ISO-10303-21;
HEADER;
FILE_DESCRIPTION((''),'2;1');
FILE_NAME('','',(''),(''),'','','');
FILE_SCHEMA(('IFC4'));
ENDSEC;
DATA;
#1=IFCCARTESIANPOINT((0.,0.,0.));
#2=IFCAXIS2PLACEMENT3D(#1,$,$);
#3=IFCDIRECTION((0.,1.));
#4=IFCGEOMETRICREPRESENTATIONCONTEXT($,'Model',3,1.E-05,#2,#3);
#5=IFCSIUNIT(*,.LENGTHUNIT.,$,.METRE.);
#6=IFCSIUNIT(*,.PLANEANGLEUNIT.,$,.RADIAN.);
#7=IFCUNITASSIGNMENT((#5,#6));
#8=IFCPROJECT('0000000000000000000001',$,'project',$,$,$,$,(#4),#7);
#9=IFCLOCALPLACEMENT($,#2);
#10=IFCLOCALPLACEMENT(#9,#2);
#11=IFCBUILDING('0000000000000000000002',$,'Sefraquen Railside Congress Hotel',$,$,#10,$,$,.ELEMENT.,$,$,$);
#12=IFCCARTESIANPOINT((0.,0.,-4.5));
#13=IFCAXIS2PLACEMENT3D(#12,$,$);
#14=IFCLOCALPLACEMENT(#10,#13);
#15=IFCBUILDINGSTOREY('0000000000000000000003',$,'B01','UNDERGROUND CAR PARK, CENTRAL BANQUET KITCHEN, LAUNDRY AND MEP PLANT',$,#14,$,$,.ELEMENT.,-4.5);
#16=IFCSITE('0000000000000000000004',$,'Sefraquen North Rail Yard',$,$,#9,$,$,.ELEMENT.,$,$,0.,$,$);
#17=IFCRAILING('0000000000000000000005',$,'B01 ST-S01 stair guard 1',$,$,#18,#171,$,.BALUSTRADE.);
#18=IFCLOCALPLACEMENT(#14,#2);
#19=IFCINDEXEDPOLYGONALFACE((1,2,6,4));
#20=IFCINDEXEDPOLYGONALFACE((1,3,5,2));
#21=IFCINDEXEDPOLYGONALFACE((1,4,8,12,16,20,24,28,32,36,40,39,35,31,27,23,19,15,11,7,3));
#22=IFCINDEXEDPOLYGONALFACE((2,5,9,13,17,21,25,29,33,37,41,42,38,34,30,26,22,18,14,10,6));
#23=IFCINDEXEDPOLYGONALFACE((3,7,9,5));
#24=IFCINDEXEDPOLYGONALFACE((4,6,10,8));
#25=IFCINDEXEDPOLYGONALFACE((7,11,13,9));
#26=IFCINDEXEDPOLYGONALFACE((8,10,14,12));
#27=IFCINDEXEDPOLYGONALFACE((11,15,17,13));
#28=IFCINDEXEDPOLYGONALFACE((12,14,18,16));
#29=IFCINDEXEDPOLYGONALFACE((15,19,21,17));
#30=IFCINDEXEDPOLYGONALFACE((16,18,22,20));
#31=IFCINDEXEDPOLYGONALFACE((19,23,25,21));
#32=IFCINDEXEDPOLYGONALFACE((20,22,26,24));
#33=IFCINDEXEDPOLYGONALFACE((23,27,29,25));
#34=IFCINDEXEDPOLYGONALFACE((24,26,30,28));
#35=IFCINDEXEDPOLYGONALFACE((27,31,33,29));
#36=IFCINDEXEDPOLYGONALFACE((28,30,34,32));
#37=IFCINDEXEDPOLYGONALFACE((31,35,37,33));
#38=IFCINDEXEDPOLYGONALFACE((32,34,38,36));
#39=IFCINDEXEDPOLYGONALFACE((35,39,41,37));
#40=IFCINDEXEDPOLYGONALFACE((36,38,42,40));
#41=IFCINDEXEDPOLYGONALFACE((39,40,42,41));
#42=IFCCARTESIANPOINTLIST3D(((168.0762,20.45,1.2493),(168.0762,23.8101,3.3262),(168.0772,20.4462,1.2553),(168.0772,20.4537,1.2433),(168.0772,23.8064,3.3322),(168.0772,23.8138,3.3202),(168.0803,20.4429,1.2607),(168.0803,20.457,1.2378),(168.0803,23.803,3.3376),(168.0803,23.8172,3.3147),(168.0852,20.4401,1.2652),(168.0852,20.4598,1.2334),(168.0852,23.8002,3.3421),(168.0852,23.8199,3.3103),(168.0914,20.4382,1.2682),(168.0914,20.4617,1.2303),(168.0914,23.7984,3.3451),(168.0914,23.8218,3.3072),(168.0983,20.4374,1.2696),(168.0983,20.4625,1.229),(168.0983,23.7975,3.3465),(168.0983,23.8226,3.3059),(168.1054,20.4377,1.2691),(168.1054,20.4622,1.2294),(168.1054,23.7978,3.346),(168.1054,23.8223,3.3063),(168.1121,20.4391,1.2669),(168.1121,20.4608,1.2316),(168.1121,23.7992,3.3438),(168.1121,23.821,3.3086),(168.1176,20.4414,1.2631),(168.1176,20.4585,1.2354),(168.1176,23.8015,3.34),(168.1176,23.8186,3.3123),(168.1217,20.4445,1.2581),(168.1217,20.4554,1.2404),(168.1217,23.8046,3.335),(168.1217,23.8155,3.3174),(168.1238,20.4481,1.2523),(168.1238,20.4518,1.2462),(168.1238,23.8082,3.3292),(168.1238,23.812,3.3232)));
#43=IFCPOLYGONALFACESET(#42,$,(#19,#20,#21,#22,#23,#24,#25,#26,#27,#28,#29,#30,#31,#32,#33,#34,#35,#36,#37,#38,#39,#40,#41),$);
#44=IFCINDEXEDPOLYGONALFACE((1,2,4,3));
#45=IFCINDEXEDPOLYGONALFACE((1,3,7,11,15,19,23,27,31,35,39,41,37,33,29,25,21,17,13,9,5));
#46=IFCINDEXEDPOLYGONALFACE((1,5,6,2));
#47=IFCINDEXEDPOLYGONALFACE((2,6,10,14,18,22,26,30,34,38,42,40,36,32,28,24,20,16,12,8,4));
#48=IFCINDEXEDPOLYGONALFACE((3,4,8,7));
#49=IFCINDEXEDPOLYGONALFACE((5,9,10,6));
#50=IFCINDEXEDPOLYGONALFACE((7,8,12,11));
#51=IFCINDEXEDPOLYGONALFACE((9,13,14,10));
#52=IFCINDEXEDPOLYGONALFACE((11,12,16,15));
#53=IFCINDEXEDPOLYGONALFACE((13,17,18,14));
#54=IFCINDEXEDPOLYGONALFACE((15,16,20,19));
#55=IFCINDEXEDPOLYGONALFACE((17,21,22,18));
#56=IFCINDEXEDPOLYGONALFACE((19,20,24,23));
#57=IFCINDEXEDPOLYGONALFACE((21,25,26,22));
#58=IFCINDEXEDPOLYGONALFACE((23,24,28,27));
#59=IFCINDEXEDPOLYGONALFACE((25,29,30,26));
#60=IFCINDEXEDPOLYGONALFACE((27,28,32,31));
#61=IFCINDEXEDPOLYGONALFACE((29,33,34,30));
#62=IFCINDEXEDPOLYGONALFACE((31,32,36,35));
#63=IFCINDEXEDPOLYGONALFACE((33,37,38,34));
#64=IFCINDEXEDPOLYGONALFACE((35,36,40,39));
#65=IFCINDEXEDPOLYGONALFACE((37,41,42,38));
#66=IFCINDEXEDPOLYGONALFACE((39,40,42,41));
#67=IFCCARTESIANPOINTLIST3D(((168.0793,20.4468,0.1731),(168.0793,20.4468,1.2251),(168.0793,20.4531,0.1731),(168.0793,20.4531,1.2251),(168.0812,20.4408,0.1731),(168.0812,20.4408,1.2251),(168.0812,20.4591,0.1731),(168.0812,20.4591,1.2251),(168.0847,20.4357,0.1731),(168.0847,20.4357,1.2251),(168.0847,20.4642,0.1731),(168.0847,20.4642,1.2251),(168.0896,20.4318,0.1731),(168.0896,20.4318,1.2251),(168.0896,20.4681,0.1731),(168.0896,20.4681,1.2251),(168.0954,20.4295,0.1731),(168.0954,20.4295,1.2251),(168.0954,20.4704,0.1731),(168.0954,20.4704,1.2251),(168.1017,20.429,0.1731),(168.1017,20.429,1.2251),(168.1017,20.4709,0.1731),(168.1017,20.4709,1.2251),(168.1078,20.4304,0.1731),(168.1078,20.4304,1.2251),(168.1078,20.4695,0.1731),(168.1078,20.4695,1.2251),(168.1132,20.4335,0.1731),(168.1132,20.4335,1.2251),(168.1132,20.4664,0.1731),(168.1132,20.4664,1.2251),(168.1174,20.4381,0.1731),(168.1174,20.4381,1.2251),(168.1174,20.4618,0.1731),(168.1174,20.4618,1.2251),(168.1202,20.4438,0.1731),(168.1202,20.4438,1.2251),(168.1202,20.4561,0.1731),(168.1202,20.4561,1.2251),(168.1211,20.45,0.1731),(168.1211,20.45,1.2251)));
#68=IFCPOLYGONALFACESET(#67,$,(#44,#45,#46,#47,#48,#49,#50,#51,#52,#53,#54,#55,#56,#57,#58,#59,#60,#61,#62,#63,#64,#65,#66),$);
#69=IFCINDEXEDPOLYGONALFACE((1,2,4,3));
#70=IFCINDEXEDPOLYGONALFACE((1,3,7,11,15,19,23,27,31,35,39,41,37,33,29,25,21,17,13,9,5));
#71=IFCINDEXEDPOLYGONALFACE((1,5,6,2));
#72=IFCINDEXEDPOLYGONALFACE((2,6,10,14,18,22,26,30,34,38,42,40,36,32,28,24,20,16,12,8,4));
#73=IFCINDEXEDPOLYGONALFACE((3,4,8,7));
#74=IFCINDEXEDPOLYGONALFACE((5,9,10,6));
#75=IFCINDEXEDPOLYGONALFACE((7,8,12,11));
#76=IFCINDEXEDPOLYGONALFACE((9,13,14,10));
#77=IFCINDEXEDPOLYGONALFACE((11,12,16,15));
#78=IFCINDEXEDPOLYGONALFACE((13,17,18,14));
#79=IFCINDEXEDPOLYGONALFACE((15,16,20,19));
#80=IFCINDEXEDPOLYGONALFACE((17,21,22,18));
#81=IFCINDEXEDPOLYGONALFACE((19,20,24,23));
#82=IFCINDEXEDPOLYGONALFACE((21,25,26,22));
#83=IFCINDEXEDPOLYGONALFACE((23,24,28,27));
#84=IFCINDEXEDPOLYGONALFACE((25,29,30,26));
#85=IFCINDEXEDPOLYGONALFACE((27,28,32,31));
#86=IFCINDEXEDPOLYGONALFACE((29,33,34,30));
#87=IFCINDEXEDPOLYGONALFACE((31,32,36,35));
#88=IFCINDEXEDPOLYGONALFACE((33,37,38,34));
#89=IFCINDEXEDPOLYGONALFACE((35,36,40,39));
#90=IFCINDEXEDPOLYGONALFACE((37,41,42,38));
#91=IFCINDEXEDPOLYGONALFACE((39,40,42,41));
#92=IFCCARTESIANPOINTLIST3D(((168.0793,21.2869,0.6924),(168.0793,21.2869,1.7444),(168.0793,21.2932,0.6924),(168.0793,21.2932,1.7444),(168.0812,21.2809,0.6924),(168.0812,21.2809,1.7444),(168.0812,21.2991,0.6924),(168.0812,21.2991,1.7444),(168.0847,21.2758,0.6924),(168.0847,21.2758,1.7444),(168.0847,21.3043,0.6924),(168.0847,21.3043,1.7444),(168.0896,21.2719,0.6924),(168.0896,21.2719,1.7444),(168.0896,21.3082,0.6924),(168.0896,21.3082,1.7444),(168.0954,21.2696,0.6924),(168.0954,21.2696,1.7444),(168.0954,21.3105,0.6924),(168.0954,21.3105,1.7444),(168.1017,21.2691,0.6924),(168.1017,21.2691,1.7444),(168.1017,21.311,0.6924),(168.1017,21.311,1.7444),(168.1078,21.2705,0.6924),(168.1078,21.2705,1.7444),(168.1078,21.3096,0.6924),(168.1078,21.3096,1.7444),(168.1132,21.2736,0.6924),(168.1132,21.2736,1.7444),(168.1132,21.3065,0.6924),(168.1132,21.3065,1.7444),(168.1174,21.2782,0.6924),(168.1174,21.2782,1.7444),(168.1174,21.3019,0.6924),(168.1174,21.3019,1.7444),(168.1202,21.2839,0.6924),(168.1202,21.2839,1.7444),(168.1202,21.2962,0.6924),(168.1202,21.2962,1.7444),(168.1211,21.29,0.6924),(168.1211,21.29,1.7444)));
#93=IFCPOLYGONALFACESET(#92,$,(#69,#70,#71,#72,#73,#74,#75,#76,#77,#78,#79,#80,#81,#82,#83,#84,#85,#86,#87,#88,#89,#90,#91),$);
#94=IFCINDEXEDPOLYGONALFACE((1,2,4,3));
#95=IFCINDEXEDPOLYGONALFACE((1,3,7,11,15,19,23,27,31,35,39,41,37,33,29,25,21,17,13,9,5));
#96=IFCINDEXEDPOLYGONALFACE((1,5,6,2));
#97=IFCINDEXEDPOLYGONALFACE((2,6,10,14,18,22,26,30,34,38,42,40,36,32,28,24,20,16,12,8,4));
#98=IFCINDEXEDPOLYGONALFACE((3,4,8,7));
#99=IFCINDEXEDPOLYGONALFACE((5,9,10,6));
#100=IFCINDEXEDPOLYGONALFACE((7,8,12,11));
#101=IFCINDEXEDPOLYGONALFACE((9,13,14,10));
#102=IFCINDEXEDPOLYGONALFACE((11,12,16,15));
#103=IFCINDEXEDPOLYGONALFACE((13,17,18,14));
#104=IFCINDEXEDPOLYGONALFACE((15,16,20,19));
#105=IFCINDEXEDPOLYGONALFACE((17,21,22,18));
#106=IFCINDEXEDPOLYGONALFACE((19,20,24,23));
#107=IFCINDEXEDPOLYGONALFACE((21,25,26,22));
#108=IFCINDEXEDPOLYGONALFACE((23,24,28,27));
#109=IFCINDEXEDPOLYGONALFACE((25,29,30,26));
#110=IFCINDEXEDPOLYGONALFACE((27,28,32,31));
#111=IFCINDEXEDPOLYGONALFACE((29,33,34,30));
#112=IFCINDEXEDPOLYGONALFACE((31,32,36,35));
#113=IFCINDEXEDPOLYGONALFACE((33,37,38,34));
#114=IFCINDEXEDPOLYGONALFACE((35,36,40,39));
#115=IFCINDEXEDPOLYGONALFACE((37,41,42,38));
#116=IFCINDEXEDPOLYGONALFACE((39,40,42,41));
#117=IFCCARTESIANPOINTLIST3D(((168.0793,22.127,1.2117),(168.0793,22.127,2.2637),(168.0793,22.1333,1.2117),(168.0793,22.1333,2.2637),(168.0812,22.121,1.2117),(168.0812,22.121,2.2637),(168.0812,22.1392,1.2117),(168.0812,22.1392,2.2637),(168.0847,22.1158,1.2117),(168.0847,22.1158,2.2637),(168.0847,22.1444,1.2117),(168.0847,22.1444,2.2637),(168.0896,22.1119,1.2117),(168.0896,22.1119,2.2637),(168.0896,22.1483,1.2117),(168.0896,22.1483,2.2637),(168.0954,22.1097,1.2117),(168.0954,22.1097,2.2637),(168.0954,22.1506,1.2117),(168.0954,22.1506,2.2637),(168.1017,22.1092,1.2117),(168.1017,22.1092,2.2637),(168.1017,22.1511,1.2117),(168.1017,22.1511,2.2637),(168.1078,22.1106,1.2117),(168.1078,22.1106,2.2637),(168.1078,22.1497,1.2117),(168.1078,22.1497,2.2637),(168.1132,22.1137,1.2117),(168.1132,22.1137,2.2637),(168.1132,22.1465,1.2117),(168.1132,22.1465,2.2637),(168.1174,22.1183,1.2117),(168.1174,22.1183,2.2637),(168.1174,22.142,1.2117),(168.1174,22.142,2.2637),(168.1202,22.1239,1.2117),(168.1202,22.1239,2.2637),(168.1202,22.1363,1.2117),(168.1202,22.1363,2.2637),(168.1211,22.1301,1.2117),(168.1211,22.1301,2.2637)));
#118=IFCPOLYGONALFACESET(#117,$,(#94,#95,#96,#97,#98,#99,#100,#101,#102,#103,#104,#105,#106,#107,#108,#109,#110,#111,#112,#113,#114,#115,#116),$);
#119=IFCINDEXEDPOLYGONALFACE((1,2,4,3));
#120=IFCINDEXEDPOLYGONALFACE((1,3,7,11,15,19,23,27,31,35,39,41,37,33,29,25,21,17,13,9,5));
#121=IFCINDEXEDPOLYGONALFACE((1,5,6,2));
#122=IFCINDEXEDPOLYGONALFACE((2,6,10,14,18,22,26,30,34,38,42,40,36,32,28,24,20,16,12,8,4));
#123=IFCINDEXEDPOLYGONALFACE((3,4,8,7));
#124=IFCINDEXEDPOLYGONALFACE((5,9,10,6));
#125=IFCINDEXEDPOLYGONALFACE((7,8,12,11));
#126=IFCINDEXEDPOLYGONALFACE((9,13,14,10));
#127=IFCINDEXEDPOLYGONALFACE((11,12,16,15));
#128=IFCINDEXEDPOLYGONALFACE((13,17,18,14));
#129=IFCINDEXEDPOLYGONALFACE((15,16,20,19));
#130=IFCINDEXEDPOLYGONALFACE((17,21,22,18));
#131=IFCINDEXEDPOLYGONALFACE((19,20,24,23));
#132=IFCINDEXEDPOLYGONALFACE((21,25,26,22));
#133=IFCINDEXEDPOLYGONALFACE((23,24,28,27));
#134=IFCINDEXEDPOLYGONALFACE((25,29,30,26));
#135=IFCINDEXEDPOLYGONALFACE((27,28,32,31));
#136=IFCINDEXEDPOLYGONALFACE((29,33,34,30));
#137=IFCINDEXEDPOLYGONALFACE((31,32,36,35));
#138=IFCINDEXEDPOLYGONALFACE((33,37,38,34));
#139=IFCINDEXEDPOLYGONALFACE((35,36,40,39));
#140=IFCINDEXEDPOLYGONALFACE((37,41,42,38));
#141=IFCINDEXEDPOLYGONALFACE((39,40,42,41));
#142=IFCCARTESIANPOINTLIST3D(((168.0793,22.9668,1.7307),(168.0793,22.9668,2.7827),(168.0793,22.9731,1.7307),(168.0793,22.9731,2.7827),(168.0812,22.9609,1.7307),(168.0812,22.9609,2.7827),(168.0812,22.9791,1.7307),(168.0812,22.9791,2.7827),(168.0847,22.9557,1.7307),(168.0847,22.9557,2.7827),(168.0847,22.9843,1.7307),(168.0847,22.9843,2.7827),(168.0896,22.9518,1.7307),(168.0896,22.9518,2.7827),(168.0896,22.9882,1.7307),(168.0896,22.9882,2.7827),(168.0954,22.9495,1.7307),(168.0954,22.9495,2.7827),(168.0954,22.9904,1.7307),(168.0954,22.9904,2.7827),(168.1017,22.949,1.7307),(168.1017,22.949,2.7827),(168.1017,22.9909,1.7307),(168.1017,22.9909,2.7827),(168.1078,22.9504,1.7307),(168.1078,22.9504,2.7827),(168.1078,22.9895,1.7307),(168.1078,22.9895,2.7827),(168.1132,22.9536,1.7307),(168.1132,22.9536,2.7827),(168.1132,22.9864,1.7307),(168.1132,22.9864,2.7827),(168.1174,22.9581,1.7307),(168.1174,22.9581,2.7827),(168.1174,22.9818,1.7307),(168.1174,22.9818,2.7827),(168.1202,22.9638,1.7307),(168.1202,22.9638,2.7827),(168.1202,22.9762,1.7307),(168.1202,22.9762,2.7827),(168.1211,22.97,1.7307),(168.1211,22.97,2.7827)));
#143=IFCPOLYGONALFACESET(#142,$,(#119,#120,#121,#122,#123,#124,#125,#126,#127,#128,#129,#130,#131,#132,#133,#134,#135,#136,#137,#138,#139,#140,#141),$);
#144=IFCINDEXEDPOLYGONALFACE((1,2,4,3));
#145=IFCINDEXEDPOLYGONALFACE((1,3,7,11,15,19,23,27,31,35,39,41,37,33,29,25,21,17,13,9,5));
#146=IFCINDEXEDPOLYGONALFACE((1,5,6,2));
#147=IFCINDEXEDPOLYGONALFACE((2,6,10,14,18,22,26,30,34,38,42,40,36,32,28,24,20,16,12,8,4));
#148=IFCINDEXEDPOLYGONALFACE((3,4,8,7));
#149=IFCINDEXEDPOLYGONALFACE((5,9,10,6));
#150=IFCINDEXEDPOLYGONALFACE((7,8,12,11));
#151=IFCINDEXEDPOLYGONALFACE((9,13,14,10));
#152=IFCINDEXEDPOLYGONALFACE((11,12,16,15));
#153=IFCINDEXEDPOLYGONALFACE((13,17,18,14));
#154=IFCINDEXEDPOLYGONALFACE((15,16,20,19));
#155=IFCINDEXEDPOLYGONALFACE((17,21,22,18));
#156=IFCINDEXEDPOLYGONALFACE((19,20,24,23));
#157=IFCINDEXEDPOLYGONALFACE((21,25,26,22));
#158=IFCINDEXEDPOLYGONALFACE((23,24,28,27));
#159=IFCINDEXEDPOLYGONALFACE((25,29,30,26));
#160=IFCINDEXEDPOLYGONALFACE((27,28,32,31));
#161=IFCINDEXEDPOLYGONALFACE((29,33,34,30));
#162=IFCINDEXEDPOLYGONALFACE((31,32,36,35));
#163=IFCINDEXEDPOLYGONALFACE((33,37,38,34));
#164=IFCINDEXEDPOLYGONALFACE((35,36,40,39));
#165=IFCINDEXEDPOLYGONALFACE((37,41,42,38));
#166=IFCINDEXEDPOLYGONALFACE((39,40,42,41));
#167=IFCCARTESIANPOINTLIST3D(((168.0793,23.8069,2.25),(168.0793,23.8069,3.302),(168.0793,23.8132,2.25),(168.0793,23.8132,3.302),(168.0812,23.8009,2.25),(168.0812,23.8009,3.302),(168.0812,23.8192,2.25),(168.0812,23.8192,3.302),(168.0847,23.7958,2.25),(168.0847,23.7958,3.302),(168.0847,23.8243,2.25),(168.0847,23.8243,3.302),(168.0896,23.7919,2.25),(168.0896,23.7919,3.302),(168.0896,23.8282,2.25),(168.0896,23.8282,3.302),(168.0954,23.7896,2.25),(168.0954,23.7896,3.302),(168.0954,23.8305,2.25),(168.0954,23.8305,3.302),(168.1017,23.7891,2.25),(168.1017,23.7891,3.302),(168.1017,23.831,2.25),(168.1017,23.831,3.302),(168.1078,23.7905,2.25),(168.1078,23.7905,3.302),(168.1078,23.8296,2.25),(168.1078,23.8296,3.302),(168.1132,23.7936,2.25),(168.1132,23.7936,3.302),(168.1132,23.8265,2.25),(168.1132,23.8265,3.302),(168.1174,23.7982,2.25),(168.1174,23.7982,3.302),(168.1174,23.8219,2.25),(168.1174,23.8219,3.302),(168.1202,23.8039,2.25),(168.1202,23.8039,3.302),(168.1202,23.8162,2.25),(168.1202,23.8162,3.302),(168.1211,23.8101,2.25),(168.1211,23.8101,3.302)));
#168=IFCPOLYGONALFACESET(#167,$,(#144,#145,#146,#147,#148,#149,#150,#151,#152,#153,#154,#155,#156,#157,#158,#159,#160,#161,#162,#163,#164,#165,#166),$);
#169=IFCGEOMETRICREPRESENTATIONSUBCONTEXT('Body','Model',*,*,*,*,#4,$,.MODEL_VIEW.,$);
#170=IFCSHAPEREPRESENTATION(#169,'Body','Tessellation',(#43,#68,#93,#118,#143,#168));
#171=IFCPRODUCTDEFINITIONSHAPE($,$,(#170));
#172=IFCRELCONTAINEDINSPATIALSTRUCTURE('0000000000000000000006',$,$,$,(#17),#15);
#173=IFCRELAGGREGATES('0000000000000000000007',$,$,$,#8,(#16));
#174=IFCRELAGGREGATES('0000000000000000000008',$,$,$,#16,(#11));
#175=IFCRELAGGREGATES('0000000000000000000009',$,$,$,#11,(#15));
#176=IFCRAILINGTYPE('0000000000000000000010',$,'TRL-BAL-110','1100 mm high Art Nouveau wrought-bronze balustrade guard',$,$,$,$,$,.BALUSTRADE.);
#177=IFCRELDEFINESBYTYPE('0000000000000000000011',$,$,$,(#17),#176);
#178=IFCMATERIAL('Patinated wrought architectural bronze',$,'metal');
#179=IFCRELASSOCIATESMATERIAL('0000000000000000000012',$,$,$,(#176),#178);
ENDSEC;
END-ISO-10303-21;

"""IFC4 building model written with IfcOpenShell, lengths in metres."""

from ifc_helpers import new_model, si_unit, direction, frame, origin, origin_2d, place, context, subcontext, project, spatial, circle, extrude, material, type_object, element, save


model = new_model("IFC4")

# Units and contexts
model_context = context("Model", 3, precision=1e-05, world=origin(), true_north=direction((0.0, 1.0)))
body_context = subcontext(model_context, "Body", "Model", "MODEL_VIEW")
ifc_project = project(units=[si_unit("LENGTHUNIT", "METRE"), si_unit("PLANEANGLEUNIT", "RADIAN")], contexts=[model_context])

# Site, building, storey
site_placement = place(None, origin())
site = spatial("IfcSite", under=ifc_project, at=site_placement, Name="Sefraquen North Rail Yard", CompositionType="ELEMENT", RefElevation=0.0)
building_placement = place(site_placement, origin())
building = spatial("IfcBuilding", under=site, at=building_placement, Name="Sefraquen Railside Congress Hotel", CompositionType="ELEMENT")
storey_placement = place(building_placement, frame((0.0, 0.0, -4.5)))
storey = spatial("IfcBuildingStorey", under=building, at=storey_placement, Name="B01", Description="UNDERGROUND CAR PARK, CENTRAL BANQUET KITCHEN, LAUNDRY AND MEP PLANT", CompositionType="ELEMENT", Elevation=-4.5)

# Railing
ifc_material_1 = material(Name="Patinated wrought architectural bronze", Category="metal")
railing_type_1 = type_object("IfcRailingType", Name="TRL-BAL-110", Description="1100 mm high Art Nouveau wrought-bronze balustrade guard", PredefinedType="BALUSTRADE", material=ifc_material_1)
railing_1_placement = place(storey_placement, frame((168.1001, 20.45, 0.1731)))
element("IfcRailing", 1, at=railing_1_placement, inside=storey, type_object=railing_type_1, Name="B01 ST-S01 stair guard 1", PredefinedType="BALUSTRADE", context=body_context, shape_type="SweptSolid", body=[
    extrude(circle(Radius=0.0239, at=origin_2d()), frame((0.0, 0.0, 1.0762), z_axis=(0.0, 0.850623, 0.525776), x_axis=(-1.0, 0.0, 0.0)), (0.0, 0.0, 1.0), 3.9502),
    extrude(circle(Radius=0.021, at=origin_2d()), origin(), (0.0, 0.0, 1.0), 1.052),
    extrude(circle(Radius=0.021, at=origin_2d()), frame((0.0, 0.8401, 0.5193)), (0.0, 0.0, 1.0), 1.052),
    extrude(circle(Radius=0.021, at=origin_2d()), frame((0.0, 1.6802, 1.0386)), (0.0, 0.0, 1.0), 1.052),
    extrude(circle(Radius=0.021, at=origin_2d()), frame((0.0, 2.52, 1.5576)), (0.0, 0.0, 1.0), 1.052),
    extrude(circle(Radius=0.021, at=origin_2d()), frame((0.0, 3.3601, 2.0769)), (0.0, 0.0, 1.0), 1.052),
])

save(model, "model.ifc")
